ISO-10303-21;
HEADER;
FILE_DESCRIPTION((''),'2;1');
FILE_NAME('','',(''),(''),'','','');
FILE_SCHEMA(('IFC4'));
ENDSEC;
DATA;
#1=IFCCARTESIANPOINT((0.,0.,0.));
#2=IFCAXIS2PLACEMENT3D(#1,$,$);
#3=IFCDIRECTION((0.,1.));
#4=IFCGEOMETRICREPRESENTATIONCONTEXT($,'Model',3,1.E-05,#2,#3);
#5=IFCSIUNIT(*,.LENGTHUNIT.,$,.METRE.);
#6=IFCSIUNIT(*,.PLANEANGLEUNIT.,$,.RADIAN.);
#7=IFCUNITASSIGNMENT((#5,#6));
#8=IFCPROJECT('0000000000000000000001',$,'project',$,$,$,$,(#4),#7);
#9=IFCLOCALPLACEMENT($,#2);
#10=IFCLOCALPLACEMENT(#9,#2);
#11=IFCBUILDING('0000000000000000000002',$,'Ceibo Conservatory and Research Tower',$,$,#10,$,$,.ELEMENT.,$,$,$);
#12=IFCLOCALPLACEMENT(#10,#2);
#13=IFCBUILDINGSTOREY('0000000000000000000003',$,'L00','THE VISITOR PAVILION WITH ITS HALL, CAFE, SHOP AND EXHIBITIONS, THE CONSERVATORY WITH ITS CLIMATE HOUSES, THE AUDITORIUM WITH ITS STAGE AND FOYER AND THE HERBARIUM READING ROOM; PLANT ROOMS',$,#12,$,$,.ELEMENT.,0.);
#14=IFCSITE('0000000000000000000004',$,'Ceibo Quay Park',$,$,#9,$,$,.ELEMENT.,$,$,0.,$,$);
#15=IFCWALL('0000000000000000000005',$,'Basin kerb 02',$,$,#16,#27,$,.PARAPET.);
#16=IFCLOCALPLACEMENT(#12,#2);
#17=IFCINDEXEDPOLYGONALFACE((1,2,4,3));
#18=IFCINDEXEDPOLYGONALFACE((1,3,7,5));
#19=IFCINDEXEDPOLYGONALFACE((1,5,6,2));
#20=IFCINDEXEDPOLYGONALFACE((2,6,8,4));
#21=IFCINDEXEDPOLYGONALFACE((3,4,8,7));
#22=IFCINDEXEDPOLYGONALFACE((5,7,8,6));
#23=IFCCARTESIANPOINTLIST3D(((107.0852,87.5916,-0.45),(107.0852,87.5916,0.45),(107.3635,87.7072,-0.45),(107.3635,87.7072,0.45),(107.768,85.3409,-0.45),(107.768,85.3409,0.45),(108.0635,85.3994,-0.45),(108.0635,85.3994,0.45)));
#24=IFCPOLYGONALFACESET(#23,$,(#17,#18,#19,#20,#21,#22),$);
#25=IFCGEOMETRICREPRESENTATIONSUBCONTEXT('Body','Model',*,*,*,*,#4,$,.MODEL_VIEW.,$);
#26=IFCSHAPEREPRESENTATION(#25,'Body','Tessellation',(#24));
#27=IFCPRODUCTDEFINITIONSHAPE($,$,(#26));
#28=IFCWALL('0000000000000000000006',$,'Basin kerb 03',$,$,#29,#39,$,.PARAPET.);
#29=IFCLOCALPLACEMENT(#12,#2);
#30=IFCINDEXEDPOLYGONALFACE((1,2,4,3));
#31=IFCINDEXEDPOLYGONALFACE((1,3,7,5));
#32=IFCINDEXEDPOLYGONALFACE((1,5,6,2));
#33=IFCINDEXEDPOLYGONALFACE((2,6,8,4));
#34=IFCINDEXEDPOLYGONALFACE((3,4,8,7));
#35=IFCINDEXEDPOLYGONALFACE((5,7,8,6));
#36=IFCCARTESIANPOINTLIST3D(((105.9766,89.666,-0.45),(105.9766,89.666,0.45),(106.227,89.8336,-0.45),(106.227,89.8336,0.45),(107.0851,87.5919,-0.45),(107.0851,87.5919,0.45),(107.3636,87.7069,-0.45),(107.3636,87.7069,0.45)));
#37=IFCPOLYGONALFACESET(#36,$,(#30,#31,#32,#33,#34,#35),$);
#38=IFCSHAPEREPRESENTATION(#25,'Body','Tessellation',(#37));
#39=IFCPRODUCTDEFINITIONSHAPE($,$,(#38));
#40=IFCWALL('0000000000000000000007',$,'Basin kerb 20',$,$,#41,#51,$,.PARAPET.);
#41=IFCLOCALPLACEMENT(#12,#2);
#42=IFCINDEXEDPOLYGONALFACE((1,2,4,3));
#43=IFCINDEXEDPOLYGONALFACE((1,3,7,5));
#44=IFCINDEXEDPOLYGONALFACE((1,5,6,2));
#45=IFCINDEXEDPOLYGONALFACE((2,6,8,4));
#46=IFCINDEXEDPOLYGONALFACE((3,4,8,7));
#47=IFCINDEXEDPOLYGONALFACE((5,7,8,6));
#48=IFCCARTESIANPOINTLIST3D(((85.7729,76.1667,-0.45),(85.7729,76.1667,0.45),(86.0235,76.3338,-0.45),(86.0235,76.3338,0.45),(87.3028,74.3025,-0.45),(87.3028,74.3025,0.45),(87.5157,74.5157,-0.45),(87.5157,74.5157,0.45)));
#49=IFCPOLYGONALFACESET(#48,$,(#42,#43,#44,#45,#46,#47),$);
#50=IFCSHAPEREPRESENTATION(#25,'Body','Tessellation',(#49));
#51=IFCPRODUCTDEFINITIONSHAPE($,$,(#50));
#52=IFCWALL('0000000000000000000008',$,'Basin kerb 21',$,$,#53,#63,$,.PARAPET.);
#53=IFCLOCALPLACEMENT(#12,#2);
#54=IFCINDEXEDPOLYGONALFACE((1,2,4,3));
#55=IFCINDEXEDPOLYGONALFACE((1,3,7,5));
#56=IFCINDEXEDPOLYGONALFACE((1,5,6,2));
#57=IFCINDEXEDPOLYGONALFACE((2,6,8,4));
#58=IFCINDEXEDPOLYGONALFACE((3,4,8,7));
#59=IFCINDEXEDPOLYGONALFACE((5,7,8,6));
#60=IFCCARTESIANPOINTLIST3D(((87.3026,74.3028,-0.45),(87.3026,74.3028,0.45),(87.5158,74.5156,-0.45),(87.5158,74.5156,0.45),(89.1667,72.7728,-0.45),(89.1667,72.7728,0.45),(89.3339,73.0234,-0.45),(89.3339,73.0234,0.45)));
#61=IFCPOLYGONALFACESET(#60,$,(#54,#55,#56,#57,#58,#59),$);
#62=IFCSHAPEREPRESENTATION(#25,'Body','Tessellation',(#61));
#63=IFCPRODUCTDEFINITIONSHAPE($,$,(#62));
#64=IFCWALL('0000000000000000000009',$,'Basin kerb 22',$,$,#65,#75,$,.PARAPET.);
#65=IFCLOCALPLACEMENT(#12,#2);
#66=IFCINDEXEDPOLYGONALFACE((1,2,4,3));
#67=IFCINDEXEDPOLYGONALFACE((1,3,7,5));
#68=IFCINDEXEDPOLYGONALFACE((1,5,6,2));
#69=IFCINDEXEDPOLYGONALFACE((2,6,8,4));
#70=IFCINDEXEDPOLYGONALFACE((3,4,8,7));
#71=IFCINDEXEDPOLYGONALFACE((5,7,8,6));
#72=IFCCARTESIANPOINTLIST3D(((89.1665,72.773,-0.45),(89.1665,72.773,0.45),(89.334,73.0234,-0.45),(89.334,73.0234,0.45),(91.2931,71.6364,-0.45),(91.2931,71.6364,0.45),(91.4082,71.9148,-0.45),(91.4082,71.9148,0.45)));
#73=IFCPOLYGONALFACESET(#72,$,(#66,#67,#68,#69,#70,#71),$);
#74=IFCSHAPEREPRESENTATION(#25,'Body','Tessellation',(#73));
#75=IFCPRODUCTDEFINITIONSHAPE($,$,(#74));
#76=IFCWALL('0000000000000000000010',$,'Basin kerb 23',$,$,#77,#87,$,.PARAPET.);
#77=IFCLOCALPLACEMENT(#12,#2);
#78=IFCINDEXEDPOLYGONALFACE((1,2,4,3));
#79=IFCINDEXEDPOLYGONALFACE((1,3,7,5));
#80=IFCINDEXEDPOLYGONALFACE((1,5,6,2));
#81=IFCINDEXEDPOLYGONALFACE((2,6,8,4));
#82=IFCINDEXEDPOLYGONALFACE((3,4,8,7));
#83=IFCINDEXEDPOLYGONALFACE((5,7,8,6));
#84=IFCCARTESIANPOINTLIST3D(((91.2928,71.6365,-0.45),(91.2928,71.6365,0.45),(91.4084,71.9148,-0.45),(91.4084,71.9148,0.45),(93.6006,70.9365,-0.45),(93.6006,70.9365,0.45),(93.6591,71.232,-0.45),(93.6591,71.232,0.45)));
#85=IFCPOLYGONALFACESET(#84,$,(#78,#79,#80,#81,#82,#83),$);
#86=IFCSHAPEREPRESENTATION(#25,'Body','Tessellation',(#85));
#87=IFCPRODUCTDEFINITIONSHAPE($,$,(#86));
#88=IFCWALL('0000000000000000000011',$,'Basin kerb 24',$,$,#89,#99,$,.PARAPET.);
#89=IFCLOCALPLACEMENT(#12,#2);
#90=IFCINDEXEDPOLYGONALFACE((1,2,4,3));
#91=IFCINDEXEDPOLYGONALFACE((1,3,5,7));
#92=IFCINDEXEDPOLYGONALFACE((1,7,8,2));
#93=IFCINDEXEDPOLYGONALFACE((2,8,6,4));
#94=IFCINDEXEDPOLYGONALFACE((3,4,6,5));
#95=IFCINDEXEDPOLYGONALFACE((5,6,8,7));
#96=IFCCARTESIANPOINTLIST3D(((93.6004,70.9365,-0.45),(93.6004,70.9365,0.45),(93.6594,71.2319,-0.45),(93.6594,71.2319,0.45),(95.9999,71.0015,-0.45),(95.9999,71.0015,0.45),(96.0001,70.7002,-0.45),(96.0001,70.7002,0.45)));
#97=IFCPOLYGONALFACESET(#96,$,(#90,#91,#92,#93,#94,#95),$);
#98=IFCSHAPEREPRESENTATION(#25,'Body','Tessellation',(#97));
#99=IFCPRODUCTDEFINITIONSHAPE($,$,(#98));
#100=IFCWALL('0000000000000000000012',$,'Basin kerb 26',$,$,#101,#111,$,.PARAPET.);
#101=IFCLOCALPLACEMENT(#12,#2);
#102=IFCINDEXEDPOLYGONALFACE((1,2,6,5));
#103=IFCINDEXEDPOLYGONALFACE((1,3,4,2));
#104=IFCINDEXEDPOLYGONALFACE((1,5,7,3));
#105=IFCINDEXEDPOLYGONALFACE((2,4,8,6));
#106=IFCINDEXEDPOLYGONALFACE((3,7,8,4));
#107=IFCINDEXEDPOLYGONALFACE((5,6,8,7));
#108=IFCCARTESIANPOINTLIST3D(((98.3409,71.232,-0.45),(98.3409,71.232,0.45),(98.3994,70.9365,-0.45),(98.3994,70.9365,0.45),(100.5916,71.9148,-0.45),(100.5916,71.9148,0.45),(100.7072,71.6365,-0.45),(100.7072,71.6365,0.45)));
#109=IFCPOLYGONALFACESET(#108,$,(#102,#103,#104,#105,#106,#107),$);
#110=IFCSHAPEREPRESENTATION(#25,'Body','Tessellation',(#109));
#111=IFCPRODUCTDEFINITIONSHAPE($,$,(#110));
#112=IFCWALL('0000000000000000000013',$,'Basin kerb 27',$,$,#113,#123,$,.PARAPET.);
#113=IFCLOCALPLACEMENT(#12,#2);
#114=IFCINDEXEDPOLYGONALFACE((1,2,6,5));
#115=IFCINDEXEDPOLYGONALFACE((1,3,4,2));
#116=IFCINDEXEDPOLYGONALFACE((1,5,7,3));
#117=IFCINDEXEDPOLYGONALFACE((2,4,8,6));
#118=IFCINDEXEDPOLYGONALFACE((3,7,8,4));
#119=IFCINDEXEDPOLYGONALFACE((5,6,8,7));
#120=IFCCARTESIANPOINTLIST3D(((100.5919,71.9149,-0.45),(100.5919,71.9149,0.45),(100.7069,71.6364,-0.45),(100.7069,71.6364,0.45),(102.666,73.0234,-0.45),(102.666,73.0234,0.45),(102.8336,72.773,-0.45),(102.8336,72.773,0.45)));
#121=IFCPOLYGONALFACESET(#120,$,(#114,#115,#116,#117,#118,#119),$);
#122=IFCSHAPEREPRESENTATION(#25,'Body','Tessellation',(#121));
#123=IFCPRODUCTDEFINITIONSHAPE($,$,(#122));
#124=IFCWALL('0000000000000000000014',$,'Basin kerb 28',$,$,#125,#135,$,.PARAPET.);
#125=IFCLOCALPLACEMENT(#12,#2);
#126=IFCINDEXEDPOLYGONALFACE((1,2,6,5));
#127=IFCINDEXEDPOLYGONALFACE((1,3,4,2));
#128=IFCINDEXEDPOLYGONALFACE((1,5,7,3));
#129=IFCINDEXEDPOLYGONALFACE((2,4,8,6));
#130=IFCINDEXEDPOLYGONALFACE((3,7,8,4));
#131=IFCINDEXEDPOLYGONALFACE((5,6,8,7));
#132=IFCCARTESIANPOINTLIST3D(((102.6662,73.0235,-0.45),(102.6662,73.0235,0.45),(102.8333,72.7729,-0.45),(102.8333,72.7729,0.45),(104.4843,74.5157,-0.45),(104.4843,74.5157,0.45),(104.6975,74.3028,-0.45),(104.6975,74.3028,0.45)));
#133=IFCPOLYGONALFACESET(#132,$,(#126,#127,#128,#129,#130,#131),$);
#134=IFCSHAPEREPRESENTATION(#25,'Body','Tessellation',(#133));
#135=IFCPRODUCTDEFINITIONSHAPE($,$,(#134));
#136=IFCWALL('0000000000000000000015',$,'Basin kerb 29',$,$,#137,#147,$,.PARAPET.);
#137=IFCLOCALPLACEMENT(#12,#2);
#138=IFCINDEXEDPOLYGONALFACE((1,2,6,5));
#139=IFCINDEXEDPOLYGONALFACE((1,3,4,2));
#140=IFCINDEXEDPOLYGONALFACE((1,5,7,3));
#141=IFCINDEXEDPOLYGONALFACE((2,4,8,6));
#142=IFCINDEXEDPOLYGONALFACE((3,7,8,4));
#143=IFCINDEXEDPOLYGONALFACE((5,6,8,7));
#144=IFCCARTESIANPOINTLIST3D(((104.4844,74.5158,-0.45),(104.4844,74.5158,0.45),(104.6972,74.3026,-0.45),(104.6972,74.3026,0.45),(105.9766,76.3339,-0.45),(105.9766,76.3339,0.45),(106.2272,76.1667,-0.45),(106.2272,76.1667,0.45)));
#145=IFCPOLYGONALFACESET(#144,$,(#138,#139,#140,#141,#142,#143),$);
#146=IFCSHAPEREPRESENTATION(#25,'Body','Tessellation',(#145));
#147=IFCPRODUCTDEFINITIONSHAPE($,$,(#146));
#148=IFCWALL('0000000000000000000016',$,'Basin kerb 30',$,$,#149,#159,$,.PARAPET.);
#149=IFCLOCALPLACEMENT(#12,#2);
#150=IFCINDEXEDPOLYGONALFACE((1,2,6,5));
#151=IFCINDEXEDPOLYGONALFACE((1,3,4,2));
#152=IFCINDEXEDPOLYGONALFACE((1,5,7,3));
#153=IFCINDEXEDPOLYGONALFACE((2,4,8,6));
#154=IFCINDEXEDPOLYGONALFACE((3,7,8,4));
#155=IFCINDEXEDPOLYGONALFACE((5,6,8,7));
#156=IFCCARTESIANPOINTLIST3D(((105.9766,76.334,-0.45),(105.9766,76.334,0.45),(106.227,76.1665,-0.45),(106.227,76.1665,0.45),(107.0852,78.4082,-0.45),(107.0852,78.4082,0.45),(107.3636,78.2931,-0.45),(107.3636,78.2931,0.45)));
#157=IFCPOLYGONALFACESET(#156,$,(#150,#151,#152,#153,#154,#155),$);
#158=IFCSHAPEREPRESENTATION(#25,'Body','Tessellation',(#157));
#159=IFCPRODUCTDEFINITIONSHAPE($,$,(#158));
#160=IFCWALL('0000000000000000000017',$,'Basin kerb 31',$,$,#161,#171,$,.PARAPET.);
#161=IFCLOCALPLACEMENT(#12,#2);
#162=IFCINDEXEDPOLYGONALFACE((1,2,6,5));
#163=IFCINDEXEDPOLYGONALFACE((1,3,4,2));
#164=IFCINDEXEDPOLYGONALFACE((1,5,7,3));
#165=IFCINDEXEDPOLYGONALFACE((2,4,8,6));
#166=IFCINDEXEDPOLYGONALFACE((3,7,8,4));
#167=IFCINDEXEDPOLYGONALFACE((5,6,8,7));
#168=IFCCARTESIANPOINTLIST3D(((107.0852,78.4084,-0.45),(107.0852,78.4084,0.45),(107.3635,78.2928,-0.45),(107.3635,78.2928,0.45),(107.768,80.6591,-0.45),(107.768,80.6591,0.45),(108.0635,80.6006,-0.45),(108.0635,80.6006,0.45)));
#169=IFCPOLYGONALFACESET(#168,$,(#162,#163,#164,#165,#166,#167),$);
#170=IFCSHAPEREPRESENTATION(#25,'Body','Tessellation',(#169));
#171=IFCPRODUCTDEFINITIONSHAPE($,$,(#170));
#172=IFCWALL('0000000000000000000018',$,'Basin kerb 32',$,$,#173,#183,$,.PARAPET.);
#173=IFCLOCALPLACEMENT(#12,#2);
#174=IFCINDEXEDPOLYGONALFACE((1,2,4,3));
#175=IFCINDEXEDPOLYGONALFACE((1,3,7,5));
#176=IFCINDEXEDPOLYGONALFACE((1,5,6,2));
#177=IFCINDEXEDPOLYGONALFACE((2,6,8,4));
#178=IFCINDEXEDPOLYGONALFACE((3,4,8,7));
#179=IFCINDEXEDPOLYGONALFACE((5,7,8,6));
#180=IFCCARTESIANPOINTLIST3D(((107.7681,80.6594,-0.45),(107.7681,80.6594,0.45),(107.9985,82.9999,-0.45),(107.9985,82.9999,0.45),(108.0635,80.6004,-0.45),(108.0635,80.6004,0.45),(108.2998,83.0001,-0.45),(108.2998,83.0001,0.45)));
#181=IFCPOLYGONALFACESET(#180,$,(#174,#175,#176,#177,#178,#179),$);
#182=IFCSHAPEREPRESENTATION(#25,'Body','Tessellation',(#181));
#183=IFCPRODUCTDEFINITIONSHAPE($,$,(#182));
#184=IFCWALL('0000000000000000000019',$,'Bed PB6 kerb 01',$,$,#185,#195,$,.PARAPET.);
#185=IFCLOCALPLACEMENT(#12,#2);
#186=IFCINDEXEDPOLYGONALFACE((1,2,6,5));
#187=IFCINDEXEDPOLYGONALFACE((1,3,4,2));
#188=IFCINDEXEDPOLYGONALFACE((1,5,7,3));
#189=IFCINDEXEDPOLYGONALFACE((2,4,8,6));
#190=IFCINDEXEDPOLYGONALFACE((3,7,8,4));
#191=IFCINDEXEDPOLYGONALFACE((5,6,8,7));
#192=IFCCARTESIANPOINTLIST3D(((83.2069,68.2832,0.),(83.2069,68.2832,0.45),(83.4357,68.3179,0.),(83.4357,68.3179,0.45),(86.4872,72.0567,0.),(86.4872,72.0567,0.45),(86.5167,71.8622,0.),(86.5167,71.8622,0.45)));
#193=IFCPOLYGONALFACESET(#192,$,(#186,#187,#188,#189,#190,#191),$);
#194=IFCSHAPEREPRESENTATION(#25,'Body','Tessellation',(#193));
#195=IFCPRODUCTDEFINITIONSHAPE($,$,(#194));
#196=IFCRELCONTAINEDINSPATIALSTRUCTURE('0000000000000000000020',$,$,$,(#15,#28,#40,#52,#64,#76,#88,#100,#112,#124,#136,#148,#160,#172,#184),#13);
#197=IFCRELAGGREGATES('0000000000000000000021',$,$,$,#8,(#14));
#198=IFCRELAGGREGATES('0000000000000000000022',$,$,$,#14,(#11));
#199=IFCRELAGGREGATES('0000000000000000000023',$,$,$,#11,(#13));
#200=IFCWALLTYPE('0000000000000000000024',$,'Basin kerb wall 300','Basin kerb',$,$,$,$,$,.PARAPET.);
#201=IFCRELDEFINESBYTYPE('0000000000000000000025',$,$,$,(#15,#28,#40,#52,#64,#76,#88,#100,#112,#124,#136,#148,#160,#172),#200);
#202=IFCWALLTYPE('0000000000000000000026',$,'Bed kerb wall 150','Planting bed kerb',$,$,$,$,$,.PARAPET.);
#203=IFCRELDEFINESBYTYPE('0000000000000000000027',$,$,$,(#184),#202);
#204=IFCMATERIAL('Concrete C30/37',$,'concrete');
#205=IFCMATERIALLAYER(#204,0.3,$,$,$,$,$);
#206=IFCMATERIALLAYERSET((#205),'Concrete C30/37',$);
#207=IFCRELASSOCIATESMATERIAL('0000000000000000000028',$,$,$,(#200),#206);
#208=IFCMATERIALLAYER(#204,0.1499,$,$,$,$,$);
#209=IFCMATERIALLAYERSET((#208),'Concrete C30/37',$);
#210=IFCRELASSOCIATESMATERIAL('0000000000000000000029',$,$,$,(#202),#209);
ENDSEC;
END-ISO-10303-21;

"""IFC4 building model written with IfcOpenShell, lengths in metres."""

from ifc_helpers import new_model, si_unit, direction, frame, origin, place, context, subcontext, project, spatial, polyline, outline, extrude, material, layer, layer_set, type_object, element, save


model = new_model("IFC4")

# Units and contexts
model_context = context("Model", 3, precision=1e-05, world=origin(), true_north=direction((0.0, 1.0)))
body_context = subcontext(model_context, "Body", "Model", "MODEL_VIEW")
ifc_project = project(units=[si_unit("LENGTHUNIT", "METRE"), si_unit("PLANEANGLEUNIT", "RADIAN")], contexts=[model_context])

# Site, building, storey
site_placement = place(None, origin())
site = spatial("IfcSite", under=ifc_project, at=site_placement, Name="Ceibo Quay Park", CompositionType="ELEMENT", RefElevation=0.0)
building_placement = place(site_placement, origin())
building = spatial("IfcBuilding", under=site, at=building_placement, Name="Ceibo Conservatory and Research Tower", CompositionType="ELEMENT")
storey_placement = place(building_placement, origin())
storey = spatial("IfcBuildingStorey", under=building, at=storey_placement, Name="L00", Description="THE VISITOR PAVILION WITH ITS HALL, CAFE, SHOP AND EXHIBITIONS, THE CONSERVATORY WITH ITS CLIMATE HOUSES, THE AUDITORIUM WITH ITS STAGE AND FOYER AND THE HERBARIUM READING ROOM; PLANT ROOMS", CompositionType="ELEMENT", Elevation=0.0)

# Walls
ifc_material_1 = material(Name="Concrete C30/37", Category="concrete")
ifc_layer_1 = layer(ifc_material_1, 0.3)
ifc_layer_set_1 = layer_set([ifc_layer_1], Name="Concrete C30/37")
wall_type_1 = type_object("IfcWallType", Name="Basin kerb wall 300", Description="Basin kerb", PredefinedType="PARAPET", material=ifc_layer_set_1)
wall_1_placement = place(storey_placement, frame((107.9158, 85.3701, -0.45), z_axis=(0.0, 0.0, 1.0), x_axis=(-0.29028, 0.956942, 0.0)))
element("IfcWall", 1, at=wall_1_placement, inside=storey, type_object=wall_type_1, Name="Basin kerb 02", PredefinedType="PARAPET", context=body_context, shape_type="SweptSolid", body=[
    extrude(outline(polyline([(-0.0149, -0.1499), (2.3967, -0.1499), (2.3669, 0.1499), (0.0149, 0.1499), (-0.0149, -0.1499)])), origin(), (0.0, 0.0, 1.0), 0.8999),
])
wall_2_placement = place(storey_placement, frame((107.2244, 87.6494, -0.45), z_axis=(0.0, 0.0, 1.0), x_axis=(-0.471365, 0.881938, 0.0)))
element("IfcWall", 2, at=wall_2_placement, inside=storey, type_object=wall_type_1, Name="Basin kerb 03", PredefinedType="PARAPET", context=body_context, shape_type="SweptSolid", body=[
    extrude(outline(polyline([(-0.0149, -0.1499), (2.3965, -0.1499), (2.3667, 0.1499), (0.0149, 0.1499), (-0.0149, -0.1499)])), origin(), (0.0, 0.0, 1.0), 0.8999),
])
for number, where, z_axis, x_axis, name in (
    (3, (85.8982, 76.2502, -0.45), (0.0, 0.0, 1.0), (0.634409, -0.772997, 0.0), "Basin kerb 20"),
    (4, (87.4092, 74.4092, -0.45), (0.0, 0.0, 1.0), (0.772997, -0.634409, 0.0), "Basin kerb 21"),
):
    element("IfcWall", number, at=place(storey_placement, frame(where, z_axis=z_axis, x_axis=x_axis)), inside=storey, type_object=wall_type_1, Name=name, PredefinedType="PARAPET", context=body_context, shape_type="SweptSolid", body=[
        extrude(outline(polyline([(-0.0149, -0.1499), (2.3967, -0.1499), (2.3669, 0.1499), (0.0149, 0.1499), (-0.0149, -0.1499)])), origin(), (0.0, 0.0, 1.0), 0.8999),
    ])
wall_3_placement = place(storey_placement, frame((89.2502, 72.8982, -0.45), z_axis=(0.0, 0.0, 1.0), x_axis=(0.881938, -0.471365, 0.0)))
element("IfcWall", 5, at=wall_3_placement, inside=storey, type_object=wall_type_1, Name="Basin kerb 22", PredefinedType="PARAPET", context=body_context, shape_type="SweptSolid", body=[
    extrude(outline(polyline([(-0.0149, -0.1499), (2.3965, -0.1499), (2.3667, 0.1499), (0.0149, 0.1499), (-0.0149, -0.1499)])), origin(), (0.0, 0.0, 1.0), 0.8999),
])
wall_4_placement = place(storey_placement, frame((91.3506, 71.7756, -0.45), z_axis=(0.0, 0.0, 1.0), x_axis=(0.956942, -0.29028, 0.0)))
element("IfcWall", 6, at=wall_4_placement, inside=storey, type_object=wall_type_1, Name="Basin kerb 23", PredefinedType="PARAPET", context=body_context, shape_type="SweptSolid", body=[
    extrude(outline(polyline([(-0.0149, -0.1499), (2.3967, -0.1499), (2.3669, 0.1499), (0.0149, 0.1499), (-0.0149, -0.1499)])), origin(), (0.0, 0.0, 1.0), 0.8999),
])
wall_5_placement = place(storey_placement, frame((93.6299, 71.0842, -0.45), z_axis=(0.0, 0.0, 1.0), x_axis=(0.995186, -0.098001, 0.0)))
element("IfcWall", 7, at=wall_5_placement, inside=storey, type_object=wall_type_1, Name="Basin kerb 24", PredefinedType="PARAPET", context=body_context, shape_type="SweptSolid", body=[
    extrude(outline(polyline([(-0.0149, -0.1499), (2.3965, -0.1499), (2.3667, 0.1499), (0.0149, 0.1499), (-0.0149, -0.1499)])), origin(), (0.0, 0.0, 1.0), 0.8999),
])
wall_6_placement = place(storey_placement, frame((98.3701, 71.0842, -0.45), z_axis=(0.0, 0.0, 1.0), x_axis=(0.956942, 0.29028, 0.0)))
element("IfcWall", 8, at=wall_6_placement, inside=storey, type_object=wall_type_1, Name="Basin kerb 26", PredefinedType="PARAPET", context=body_context, shape_type="SweptSolid", body=[
    extrude(outline(polyline([(-0.0149, -0.1499), (2.3967, -0.1499), (2.3669, 0.1499), (0.0149, 0.1499), (-0.0149, -0.1499)])), origin(), (0.0, 0.0, 1.0), 0.8999),
])
wall_7_placement = place(storey_placement, frame((100.6494, 71.7756, -0.45), z_axis=(0.0, 0.0, 1.0), x_axis=(0.881938, 0.471365, 0.0)))
element("IfcWall", 9, at=wall_7_placement, inside=storey, type_object=wall_type_1, Name="Basin kerb 27", PredefinedType="PARAPET", context=body_context, shape_type="SweptSolid", body=[
    extrude(outline(polyline([(-0.0149, -0.1499), (2.3965, -0.1499), (2.3667, 0.1499), (0.0149, 0.1499), (-0.0149, -0.1499)])), origin(), (0.0, 0.0, 1.0), 0.8999),
])
for number, where, z_axis, x_axis, name in (
    (10, (102.7498, 72.8982, -0.45), (0.0, 0.0, 1.0), (0.772997, 0.634409, 0.0), "Basin kerb 28"),
    (11, (104.5908, 74.4092, -0.45), (0.0, 0.0, 1.0), (0.634409, 0.772997, 0.0), "Basin kerb 29"),
):
    element("IfcWall", number, at=place(storey_placement, frame(where, z_axis=z_axis, x_axis=x_axis)), inside=storey, type_object=wall_type_1, Name=name, PredefinedType="PARAPET", context=body_context, shape_type="SweptSolid", body=[
        extrude(outline(polyline([(-0.0149, -0.1499), (2.3967, -0.1499), (2.3669, 0.1499), (0.0149, 0.1499), (-0.0149, -0.1499)])), origin(), (0.0, 0.0, 1.0), 0.8999),
    ])
wall_8_placement = place(storey_placement, frame((106.1018, 76.2502, -0.45), z_axis=(0.0, 0.0, 1.0), x_axis=(0.471365, 0.881938, 0.0)))
element("IfcWall", 12, at=wall_8_placement, inside=storey, type_object=wall_type_1, Name="Basin kerb 30", PredefinedType="PARAPET", context=body_context, shape_type="SweptSolid", body=[
    extrude(outline(polyline([(-0.0149, -0.1499), (2.3965, -0.1499), (2.3667, 0.1499), (0.0149, 0.1499), (-0.0149, -0.1499)])), origin(), (0.0, 0.0, 1.0), 0.8999),
])
wall_9_placement = place(storey_placement, frame((107.2244, 78.3506, -0.45), z_axis=(0.0, 0.0, 1.0), x_axis=(0.29028, 0.956942, 0.0)))
element("IfcWall", 13, at=wall_9_placement, inside=storey, type_object=wall_type_1, Name="Basin kerb 31", PredefinedType="PARAPET", context=body_context, shape_type="SweptSolid", body=[
    extrude(outline(polyline([(-0.0149, -0.1499), (2.3967, -0.1499), (2.3669, 0.1499), (0.0149, 0.1499), (-0.0149, -0.1499)])), origin(), (0.0, 0.0, 1.0), 0.8999),
])
wall_10_placement = place(storey_placement, frame((107.9158, 80.6299, -0.45), z_axis=(0.0, 0.0, 1.0), x_axis=(0.098001, 0.995186, 0.0)))
element("IfcWall", 14, at=wall_10_placement, inside=storey, type_object=wall_type_1, Name="Basin kerb 32", PredefinedType="PARAPET", context=body_context, shape_type="SweptSolid", body=[
    extrude(outline(polyline([(-0.0149, -0.1499), (2.3965, -0.1499), (2.3667, 0.1499), (0.0149, 0.1499), (-0.0149, -0.1499)])), origin(), (0.0, 0.0, 1.0), 0.8999),
])
ifc_layer_2 = layer(ifc_material_1, 0.1499)
ifc_layer_set_2 = layer_set([ifc_layer_2], Name="Concrete C30/37")
wall_type_2 = type_object("IfcWallType", Name="Bed kerb wall 150", Description="Planting bed kerb", PredefinedType="PARAPET", material=ifc_layer_set_2)
wall_11_placement = place(storey_placement, frame((86.502, 71.9595, 0.0), z_axis=(0.0, 0.0, 1.0), x_axis=(-0.656059, -0.75471, 0.0)))
element("IfcWall", 15, at=wall_11_placement, inside=storey, type_object=wall_type_2, Name="Bed PB6 kerb 01", PredefinedType="PARAPET", context=body_context, shape_type="SweptSolid", body=[
    extrude(outline(polyline([(-0.0637, -0.075), (4.9363, -0.075), (4.76, 0.075), (0.0637, 0.075), (-0.0637, -0.075)])), origin(), (0.0, 0.0, 1.0), 0.45),
])

save(model, "model.ifc")
